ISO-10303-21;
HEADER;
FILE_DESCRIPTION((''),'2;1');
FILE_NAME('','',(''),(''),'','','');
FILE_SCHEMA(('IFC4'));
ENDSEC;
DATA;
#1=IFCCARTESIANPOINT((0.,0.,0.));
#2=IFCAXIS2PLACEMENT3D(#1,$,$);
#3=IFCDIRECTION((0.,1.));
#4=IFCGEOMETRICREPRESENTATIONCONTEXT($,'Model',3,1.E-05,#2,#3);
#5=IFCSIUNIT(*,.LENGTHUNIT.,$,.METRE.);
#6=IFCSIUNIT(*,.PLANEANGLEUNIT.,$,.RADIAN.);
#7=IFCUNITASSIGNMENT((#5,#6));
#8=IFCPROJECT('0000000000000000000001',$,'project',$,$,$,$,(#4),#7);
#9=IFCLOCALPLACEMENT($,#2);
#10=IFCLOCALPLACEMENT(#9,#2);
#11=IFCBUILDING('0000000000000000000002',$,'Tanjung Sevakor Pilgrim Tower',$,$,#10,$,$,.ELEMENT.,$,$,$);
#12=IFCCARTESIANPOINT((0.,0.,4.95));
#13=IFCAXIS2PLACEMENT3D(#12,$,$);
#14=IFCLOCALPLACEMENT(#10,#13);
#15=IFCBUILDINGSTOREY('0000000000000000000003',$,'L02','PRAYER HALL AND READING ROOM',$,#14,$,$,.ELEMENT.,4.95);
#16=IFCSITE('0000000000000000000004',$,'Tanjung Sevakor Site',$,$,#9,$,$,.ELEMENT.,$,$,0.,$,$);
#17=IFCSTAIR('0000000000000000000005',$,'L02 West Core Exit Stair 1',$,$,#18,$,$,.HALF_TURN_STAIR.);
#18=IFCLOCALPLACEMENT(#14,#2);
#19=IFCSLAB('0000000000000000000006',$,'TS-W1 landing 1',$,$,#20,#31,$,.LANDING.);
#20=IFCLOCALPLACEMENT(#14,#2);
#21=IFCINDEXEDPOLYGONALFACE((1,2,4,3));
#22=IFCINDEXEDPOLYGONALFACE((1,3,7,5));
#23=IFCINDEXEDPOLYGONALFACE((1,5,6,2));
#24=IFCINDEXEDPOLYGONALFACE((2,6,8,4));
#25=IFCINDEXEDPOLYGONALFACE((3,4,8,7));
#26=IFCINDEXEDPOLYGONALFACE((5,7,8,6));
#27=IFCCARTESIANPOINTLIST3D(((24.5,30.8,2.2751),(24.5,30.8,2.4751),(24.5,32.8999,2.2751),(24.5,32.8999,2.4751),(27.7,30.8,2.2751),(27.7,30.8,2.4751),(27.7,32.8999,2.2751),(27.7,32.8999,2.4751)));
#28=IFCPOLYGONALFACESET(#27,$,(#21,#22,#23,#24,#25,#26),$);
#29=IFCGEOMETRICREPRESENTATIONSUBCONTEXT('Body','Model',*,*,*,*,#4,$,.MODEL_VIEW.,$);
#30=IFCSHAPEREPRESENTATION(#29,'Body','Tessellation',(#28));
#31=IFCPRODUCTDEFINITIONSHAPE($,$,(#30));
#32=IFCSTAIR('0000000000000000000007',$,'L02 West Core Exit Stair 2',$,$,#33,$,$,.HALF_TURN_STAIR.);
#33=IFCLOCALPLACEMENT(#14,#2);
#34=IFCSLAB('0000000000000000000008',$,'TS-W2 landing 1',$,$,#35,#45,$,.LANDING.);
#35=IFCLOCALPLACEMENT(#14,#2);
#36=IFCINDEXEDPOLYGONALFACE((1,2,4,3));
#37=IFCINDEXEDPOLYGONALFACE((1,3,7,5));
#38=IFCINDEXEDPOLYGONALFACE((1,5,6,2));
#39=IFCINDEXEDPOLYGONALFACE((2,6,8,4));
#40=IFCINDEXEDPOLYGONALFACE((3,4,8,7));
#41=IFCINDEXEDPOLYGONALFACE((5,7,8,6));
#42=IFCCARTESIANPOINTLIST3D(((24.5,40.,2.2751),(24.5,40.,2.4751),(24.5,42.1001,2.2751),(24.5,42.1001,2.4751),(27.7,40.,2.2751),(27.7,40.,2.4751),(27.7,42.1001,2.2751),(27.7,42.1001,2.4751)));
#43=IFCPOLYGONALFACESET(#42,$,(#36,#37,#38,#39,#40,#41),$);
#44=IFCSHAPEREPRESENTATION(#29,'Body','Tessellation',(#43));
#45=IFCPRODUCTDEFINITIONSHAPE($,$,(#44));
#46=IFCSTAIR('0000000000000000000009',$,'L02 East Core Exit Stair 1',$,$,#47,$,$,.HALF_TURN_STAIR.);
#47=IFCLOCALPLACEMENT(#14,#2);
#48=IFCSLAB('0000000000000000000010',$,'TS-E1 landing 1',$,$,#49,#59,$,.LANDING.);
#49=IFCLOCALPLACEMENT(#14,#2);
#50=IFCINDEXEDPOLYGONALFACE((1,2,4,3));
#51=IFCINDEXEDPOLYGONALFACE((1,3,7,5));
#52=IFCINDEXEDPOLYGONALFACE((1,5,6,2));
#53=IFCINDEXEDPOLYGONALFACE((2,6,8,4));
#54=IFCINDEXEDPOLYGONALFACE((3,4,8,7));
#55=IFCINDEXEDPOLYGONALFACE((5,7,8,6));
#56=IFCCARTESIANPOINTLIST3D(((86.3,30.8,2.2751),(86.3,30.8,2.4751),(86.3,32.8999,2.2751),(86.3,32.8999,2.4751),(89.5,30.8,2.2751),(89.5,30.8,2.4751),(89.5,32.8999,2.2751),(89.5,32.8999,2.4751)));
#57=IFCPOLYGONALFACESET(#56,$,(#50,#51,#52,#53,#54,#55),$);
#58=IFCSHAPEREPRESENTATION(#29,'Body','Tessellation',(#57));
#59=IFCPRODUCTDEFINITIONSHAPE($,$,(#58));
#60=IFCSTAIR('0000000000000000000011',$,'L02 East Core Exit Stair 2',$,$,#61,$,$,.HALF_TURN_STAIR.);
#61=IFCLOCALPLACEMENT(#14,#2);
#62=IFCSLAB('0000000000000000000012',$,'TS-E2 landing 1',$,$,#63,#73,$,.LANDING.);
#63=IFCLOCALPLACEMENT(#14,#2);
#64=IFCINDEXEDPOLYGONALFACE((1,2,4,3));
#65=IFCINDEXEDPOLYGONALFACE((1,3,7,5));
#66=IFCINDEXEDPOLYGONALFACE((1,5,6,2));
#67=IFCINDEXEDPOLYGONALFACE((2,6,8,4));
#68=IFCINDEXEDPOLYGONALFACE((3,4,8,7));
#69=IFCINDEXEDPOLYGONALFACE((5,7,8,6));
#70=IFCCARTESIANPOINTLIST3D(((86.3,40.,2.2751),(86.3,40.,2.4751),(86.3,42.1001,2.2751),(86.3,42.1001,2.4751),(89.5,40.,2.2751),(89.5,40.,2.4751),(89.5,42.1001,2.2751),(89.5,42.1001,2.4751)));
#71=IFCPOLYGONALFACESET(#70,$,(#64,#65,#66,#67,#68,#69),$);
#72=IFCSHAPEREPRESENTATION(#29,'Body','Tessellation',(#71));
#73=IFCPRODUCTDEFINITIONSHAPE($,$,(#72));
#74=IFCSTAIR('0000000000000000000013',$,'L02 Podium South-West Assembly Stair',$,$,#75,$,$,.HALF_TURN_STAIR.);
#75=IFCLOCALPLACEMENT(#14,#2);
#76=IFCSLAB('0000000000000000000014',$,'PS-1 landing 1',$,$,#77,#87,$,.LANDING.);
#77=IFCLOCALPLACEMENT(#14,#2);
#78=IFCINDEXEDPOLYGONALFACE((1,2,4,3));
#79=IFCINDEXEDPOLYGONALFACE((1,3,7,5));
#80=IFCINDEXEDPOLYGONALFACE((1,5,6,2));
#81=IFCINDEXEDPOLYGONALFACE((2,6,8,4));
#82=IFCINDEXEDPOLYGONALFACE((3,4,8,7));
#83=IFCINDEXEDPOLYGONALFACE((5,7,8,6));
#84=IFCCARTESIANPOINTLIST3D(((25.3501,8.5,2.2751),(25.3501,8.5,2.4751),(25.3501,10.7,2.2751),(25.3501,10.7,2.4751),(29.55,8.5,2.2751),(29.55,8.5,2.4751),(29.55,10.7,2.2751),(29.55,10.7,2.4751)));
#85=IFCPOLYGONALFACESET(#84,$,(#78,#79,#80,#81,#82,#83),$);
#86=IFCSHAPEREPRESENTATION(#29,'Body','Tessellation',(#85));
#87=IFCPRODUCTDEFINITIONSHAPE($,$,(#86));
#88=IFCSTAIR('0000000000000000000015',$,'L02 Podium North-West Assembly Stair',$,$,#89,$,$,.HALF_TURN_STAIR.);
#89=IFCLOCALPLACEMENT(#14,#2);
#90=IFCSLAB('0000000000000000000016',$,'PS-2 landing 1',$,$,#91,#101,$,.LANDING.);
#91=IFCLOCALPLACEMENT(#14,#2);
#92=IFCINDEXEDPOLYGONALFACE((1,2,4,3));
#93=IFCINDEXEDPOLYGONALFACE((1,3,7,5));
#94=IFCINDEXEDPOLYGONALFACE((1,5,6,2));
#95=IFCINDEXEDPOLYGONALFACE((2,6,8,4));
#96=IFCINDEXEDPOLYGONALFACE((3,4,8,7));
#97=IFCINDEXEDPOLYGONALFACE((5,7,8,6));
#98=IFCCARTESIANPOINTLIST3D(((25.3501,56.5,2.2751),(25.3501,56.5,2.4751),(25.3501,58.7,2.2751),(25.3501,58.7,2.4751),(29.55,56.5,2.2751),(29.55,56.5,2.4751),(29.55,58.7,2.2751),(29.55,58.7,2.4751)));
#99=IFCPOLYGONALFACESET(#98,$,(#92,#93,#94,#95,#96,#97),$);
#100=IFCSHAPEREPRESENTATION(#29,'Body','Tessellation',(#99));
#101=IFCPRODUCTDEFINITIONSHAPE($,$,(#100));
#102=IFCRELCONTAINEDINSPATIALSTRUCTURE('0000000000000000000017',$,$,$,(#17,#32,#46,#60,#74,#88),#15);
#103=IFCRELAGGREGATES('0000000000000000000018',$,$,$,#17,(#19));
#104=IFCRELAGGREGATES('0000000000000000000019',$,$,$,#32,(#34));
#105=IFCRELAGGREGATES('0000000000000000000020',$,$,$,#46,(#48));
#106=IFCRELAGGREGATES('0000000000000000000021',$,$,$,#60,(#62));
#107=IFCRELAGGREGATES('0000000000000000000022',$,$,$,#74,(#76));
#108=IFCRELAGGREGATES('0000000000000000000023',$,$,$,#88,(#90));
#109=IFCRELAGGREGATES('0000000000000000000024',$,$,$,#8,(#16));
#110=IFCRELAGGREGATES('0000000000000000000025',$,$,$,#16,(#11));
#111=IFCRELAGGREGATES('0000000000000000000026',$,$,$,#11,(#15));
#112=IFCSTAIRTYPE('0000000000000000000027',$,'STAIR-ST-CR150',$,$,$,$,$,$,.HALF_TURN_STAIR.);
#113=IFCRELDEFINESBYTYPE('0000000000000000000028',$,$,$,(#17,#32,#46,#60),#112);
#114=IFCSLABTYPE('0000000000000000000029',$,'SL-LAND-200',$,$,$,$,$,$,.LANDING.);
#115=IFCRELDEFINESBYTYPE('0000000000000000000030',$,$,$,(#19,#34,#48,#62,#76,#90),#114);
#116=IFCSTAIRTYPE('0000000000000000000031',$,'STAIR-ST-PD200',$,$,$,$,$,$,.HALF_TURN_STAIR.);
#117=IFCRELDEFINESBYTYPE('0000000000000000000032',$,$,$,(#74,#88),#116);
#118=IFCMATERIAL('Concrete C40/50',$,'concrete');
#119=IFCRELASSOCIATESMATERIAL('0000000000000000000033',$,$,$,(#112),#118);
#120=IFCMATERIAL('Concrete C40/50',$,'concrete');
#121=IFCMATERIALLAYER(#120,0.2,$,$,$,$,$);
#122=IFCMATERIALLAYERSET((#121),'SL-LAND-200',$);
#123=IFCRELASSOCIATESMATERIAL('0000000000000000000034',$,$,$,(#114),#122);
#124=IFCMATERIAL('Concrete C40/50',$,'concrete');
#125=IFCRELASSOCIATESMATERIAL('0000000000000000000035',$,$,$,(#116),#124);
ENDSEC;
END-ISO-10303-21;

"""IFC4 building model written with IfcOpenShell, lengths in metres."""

from ifc_helpers import new_model, si_unit, direction, frame, origin, place, context, subcontext, project, spatial, polyline, outline, extrude, material, layer, layer_set, type_object, element, aggregate, save


model = new_model("IFC4")

# Units and contexts
model_context = context("Model", 3, precision=1e-05, world=origin(), true_north=direction((0.0, 1.0)))
body_context = subcontext(model_context, "Body", "Model", "MODEL_VIEW")
ifc_project = project(units=[si_unit("LENGTHUNIT", "METRE"), si_unit("PLANEANGLEUNIT", "RADIAN")], contexts=[model_context])

# Site, building, storey
site_placement = place(None, origin())
site = spatial("IfcSite", under=ifc_project, at=site_placement, Name="Tanjung Sevakor Site", CompositionType="ELEMENT", RefElevation=0.0)
building_placement = place(site_placement, origin())
building = spatial("IfcBuilding", under=site, at=building_placement, Name="Tanjung Sevakor Pilgrim Tower", CompositionType="ELEMENT")
storey_placement = place(building_placement, frame((0.0, 0.0, 4.95)))
storey = spatial("IfcBuildingStorey", under=building, at=storey_placement, Name="L02", Description="PRAYER HALL AND READING ROOM", CompositionType="ELEMENT", Elevation=4.95)

# Stairs, slabs
ifc_material_1 = material(Name="Concrete C40/50", Category="concrete")
stair_type_1 = type_object("IfcStairType", Name="STAIR-ST-CR150", PredefinedType="HALF_TURN_STAIR", material=ifc_material_1)
stair_1_placement = place(storey_placement, origin())
stair_1 = element("IfcStair", 1, at=stair_1_placement, inside=storey, type_object=stair_type_1, Name="L02 West Core Exit Stair 1", PredefinedType="HALF_TURN_STAIR")
ifc_material_2 = material(Name="Concrete C40/50", Category="concrete")
ifc_layer_1 = layer(ifc_material_2, 0.2)
ifc_layer_set_1 = layer_set([ifc_layer_1], Name="SL-LAND-200")
slab_type_1 = type_object("IfcSlabType", Name="SL-LAND-200", PredefinedType="LANDING", material=ifc_layer_set_1)
slab_1_placement = place(storey_placement, frame((0.0, 0.0, 2.2751)))
slab_1 = element("IfcSlab", 2, at=slab_1_placement, type_object=slab_type_1, Name="TS-W1 landing 1", PredefinedType="LANDING", context=body_context, shape_type="SweptSolid", body=[
    extrude(outline(polyline([(27.7, 30.8), (27.7, 32.8999), (24.5, 32.8999), (24.5, 30.8), (27.7, 30.8)])), origin(), (0.0, 0.0, 1.0), 0.2),
])
aggregate(stair_1, [slab_1])
stair_2_placement = place(storey_placement, origin())
stair_2 = element("IfcStair", 3, at=stair_2_placement, inside=storey, type_object=stair_type_1, Name="L02 West Core Exit Stair 2", PredefinedType="HALF_TURN_STAIR")
slab_2_placement = place(storey_placement, frame((0.0, 0.0, 2.2751)))
slab_2 = element("IfcSlab", 4, at=slab_2_placement, type_object=slab_type_1, Name="TS-W2 landing 1", PredefinedType="LANDING", context=body_context, shape_type="SweptSolid", body=[
    extrude(outline(polyline([(27.7, 40.0), (27.7, 42.1001), (24.5, 42.1001), (24.5, 40.0), (27.7, 40.0)])), origin(), (0.0, 0.0, 1.0), 0.2),
])
aggregate(stair_2, [slab_2])
stair_3_placement = place(storey_placement, origin())
stair_3 = element("IfcStair", 5, at=stair_3_placement, inside=storey, type_object=stair_type_1, Name="L02 East Core Exit Stair 1", PredefinedType="HALF_TURN_STAIR")
slab_3_placement = place(storey_placement, frame((0.0, 0.0, 2.2751)))
slab_3 = element("IfcSlab", 6, at=slab_3_placement, type_object=slab_type_1, Name="TS-E1 landing 1", PredefinedType="LANDING", context=body_context, shape_type="SweptSolid", body=[
    extrude(outline(polyline([(89.5, 30.8), (89.5, 32.8999), (86.3, 32.8999), (86.3, 30.8), (89.5, 30.8)])), origin(), (0.0, 0.0, 1.0), 0.2),
])
aggregate(stair_3, [slab_3])
stair_4_placement = place(storey_placement, origin())
stair_4 = element("IfcStair", 7, at=stair_4_placement, inside=storey, type_object=stair_type_1, Name="L02 East Core Exit Stair 2", PredefinedType="HALF_TURN_STAIR")
slab_4_placement = place(storey_placement, frame((0.0, 0.0, 2.2751)))
slab_4 = element("IfcSlab", 8, at=slab_4_placement, type_object=slab_type_1, Name="TS-E2 landing 1", PredefinedType="LANDING", context=body_context, shape_type="SweptSolid", body=[
    extrude(outline(polyline([(89.5, 40.0), (89.5, 42.1001), (86.3, 42.1001), (86.3, 40.0), (89.5, 40.0)])), origin(), (0.0, 0.0, 1.0), 0.2),
])
aggregate(stair_4, [slab_4])
ifc_material_3 = material(Name="Concrete C40/50", Category="concrete")
stair_type_2 = type_object("IfcStairType", Name="STAIR-ST-PD200", PredefinedType="HALF_TURN_STAIR", material=ifc_material_3)
stair_5_placement = place(storey_placement, origin())
stair_5 = element("IfcStair", 9, at=stair_5_placement, inside=storey, type_object=stair_type_2, Name="L02 Podium South-West Assembly Stair", PredefinedType="HALF_TURN_STAIR")
slab_5_placement = place(storey_placement, frame((0.0, 0.0, 2.2751)))
slab_5 = element("IfcSlab", 10, at=slab_5_placement, type_object=slab_type_1, Name="PS-1 landing 1", PredefinedType="LANDING", context=body_context, shape_type="SweptSolid", body=[
    extrude(outline(polyline([(25.3501, 10.7), (25.3501, 8.5), (29.55, 8.5), (29.55, 10.7), (25.3501, 10.7)])), origin(), (0.0, 0.0, 1.0), 0.2),
])
aggregate(stair_5, [slab_5])
stair_6_placement = place(storey_placement, origin())
stair_6 = element("IfcStair", 11, at=stair_6_placement, inside=storey, type_object=stair_type_2, Name="L02 Podium North-West Assembly Stair", PredefinedType="HALF_TURN_STAIR")
slab_6_placement = place(storey_placement, frame((0.0, 0.0, 2.2751)))
slab_6 = element("IfcSlab", 12, at=slab_6_placement, type_object=slab_type_1, Name="PS-2 landing 1", PredefinedType="LANDING", context=body_context, shape_type="SweptSolid", body=[
    extrude(outline(polyline([(29.55, 56.5), (29.55, 58.7), (25.3501, 58.7), (25.3501, 56.5), (29.55, 56.5)])), origin(), (0.0, 0.0, 1.0), 0.2),
])
aggregate(stair_6, [slab_6])

save(model, "model.ifc")
